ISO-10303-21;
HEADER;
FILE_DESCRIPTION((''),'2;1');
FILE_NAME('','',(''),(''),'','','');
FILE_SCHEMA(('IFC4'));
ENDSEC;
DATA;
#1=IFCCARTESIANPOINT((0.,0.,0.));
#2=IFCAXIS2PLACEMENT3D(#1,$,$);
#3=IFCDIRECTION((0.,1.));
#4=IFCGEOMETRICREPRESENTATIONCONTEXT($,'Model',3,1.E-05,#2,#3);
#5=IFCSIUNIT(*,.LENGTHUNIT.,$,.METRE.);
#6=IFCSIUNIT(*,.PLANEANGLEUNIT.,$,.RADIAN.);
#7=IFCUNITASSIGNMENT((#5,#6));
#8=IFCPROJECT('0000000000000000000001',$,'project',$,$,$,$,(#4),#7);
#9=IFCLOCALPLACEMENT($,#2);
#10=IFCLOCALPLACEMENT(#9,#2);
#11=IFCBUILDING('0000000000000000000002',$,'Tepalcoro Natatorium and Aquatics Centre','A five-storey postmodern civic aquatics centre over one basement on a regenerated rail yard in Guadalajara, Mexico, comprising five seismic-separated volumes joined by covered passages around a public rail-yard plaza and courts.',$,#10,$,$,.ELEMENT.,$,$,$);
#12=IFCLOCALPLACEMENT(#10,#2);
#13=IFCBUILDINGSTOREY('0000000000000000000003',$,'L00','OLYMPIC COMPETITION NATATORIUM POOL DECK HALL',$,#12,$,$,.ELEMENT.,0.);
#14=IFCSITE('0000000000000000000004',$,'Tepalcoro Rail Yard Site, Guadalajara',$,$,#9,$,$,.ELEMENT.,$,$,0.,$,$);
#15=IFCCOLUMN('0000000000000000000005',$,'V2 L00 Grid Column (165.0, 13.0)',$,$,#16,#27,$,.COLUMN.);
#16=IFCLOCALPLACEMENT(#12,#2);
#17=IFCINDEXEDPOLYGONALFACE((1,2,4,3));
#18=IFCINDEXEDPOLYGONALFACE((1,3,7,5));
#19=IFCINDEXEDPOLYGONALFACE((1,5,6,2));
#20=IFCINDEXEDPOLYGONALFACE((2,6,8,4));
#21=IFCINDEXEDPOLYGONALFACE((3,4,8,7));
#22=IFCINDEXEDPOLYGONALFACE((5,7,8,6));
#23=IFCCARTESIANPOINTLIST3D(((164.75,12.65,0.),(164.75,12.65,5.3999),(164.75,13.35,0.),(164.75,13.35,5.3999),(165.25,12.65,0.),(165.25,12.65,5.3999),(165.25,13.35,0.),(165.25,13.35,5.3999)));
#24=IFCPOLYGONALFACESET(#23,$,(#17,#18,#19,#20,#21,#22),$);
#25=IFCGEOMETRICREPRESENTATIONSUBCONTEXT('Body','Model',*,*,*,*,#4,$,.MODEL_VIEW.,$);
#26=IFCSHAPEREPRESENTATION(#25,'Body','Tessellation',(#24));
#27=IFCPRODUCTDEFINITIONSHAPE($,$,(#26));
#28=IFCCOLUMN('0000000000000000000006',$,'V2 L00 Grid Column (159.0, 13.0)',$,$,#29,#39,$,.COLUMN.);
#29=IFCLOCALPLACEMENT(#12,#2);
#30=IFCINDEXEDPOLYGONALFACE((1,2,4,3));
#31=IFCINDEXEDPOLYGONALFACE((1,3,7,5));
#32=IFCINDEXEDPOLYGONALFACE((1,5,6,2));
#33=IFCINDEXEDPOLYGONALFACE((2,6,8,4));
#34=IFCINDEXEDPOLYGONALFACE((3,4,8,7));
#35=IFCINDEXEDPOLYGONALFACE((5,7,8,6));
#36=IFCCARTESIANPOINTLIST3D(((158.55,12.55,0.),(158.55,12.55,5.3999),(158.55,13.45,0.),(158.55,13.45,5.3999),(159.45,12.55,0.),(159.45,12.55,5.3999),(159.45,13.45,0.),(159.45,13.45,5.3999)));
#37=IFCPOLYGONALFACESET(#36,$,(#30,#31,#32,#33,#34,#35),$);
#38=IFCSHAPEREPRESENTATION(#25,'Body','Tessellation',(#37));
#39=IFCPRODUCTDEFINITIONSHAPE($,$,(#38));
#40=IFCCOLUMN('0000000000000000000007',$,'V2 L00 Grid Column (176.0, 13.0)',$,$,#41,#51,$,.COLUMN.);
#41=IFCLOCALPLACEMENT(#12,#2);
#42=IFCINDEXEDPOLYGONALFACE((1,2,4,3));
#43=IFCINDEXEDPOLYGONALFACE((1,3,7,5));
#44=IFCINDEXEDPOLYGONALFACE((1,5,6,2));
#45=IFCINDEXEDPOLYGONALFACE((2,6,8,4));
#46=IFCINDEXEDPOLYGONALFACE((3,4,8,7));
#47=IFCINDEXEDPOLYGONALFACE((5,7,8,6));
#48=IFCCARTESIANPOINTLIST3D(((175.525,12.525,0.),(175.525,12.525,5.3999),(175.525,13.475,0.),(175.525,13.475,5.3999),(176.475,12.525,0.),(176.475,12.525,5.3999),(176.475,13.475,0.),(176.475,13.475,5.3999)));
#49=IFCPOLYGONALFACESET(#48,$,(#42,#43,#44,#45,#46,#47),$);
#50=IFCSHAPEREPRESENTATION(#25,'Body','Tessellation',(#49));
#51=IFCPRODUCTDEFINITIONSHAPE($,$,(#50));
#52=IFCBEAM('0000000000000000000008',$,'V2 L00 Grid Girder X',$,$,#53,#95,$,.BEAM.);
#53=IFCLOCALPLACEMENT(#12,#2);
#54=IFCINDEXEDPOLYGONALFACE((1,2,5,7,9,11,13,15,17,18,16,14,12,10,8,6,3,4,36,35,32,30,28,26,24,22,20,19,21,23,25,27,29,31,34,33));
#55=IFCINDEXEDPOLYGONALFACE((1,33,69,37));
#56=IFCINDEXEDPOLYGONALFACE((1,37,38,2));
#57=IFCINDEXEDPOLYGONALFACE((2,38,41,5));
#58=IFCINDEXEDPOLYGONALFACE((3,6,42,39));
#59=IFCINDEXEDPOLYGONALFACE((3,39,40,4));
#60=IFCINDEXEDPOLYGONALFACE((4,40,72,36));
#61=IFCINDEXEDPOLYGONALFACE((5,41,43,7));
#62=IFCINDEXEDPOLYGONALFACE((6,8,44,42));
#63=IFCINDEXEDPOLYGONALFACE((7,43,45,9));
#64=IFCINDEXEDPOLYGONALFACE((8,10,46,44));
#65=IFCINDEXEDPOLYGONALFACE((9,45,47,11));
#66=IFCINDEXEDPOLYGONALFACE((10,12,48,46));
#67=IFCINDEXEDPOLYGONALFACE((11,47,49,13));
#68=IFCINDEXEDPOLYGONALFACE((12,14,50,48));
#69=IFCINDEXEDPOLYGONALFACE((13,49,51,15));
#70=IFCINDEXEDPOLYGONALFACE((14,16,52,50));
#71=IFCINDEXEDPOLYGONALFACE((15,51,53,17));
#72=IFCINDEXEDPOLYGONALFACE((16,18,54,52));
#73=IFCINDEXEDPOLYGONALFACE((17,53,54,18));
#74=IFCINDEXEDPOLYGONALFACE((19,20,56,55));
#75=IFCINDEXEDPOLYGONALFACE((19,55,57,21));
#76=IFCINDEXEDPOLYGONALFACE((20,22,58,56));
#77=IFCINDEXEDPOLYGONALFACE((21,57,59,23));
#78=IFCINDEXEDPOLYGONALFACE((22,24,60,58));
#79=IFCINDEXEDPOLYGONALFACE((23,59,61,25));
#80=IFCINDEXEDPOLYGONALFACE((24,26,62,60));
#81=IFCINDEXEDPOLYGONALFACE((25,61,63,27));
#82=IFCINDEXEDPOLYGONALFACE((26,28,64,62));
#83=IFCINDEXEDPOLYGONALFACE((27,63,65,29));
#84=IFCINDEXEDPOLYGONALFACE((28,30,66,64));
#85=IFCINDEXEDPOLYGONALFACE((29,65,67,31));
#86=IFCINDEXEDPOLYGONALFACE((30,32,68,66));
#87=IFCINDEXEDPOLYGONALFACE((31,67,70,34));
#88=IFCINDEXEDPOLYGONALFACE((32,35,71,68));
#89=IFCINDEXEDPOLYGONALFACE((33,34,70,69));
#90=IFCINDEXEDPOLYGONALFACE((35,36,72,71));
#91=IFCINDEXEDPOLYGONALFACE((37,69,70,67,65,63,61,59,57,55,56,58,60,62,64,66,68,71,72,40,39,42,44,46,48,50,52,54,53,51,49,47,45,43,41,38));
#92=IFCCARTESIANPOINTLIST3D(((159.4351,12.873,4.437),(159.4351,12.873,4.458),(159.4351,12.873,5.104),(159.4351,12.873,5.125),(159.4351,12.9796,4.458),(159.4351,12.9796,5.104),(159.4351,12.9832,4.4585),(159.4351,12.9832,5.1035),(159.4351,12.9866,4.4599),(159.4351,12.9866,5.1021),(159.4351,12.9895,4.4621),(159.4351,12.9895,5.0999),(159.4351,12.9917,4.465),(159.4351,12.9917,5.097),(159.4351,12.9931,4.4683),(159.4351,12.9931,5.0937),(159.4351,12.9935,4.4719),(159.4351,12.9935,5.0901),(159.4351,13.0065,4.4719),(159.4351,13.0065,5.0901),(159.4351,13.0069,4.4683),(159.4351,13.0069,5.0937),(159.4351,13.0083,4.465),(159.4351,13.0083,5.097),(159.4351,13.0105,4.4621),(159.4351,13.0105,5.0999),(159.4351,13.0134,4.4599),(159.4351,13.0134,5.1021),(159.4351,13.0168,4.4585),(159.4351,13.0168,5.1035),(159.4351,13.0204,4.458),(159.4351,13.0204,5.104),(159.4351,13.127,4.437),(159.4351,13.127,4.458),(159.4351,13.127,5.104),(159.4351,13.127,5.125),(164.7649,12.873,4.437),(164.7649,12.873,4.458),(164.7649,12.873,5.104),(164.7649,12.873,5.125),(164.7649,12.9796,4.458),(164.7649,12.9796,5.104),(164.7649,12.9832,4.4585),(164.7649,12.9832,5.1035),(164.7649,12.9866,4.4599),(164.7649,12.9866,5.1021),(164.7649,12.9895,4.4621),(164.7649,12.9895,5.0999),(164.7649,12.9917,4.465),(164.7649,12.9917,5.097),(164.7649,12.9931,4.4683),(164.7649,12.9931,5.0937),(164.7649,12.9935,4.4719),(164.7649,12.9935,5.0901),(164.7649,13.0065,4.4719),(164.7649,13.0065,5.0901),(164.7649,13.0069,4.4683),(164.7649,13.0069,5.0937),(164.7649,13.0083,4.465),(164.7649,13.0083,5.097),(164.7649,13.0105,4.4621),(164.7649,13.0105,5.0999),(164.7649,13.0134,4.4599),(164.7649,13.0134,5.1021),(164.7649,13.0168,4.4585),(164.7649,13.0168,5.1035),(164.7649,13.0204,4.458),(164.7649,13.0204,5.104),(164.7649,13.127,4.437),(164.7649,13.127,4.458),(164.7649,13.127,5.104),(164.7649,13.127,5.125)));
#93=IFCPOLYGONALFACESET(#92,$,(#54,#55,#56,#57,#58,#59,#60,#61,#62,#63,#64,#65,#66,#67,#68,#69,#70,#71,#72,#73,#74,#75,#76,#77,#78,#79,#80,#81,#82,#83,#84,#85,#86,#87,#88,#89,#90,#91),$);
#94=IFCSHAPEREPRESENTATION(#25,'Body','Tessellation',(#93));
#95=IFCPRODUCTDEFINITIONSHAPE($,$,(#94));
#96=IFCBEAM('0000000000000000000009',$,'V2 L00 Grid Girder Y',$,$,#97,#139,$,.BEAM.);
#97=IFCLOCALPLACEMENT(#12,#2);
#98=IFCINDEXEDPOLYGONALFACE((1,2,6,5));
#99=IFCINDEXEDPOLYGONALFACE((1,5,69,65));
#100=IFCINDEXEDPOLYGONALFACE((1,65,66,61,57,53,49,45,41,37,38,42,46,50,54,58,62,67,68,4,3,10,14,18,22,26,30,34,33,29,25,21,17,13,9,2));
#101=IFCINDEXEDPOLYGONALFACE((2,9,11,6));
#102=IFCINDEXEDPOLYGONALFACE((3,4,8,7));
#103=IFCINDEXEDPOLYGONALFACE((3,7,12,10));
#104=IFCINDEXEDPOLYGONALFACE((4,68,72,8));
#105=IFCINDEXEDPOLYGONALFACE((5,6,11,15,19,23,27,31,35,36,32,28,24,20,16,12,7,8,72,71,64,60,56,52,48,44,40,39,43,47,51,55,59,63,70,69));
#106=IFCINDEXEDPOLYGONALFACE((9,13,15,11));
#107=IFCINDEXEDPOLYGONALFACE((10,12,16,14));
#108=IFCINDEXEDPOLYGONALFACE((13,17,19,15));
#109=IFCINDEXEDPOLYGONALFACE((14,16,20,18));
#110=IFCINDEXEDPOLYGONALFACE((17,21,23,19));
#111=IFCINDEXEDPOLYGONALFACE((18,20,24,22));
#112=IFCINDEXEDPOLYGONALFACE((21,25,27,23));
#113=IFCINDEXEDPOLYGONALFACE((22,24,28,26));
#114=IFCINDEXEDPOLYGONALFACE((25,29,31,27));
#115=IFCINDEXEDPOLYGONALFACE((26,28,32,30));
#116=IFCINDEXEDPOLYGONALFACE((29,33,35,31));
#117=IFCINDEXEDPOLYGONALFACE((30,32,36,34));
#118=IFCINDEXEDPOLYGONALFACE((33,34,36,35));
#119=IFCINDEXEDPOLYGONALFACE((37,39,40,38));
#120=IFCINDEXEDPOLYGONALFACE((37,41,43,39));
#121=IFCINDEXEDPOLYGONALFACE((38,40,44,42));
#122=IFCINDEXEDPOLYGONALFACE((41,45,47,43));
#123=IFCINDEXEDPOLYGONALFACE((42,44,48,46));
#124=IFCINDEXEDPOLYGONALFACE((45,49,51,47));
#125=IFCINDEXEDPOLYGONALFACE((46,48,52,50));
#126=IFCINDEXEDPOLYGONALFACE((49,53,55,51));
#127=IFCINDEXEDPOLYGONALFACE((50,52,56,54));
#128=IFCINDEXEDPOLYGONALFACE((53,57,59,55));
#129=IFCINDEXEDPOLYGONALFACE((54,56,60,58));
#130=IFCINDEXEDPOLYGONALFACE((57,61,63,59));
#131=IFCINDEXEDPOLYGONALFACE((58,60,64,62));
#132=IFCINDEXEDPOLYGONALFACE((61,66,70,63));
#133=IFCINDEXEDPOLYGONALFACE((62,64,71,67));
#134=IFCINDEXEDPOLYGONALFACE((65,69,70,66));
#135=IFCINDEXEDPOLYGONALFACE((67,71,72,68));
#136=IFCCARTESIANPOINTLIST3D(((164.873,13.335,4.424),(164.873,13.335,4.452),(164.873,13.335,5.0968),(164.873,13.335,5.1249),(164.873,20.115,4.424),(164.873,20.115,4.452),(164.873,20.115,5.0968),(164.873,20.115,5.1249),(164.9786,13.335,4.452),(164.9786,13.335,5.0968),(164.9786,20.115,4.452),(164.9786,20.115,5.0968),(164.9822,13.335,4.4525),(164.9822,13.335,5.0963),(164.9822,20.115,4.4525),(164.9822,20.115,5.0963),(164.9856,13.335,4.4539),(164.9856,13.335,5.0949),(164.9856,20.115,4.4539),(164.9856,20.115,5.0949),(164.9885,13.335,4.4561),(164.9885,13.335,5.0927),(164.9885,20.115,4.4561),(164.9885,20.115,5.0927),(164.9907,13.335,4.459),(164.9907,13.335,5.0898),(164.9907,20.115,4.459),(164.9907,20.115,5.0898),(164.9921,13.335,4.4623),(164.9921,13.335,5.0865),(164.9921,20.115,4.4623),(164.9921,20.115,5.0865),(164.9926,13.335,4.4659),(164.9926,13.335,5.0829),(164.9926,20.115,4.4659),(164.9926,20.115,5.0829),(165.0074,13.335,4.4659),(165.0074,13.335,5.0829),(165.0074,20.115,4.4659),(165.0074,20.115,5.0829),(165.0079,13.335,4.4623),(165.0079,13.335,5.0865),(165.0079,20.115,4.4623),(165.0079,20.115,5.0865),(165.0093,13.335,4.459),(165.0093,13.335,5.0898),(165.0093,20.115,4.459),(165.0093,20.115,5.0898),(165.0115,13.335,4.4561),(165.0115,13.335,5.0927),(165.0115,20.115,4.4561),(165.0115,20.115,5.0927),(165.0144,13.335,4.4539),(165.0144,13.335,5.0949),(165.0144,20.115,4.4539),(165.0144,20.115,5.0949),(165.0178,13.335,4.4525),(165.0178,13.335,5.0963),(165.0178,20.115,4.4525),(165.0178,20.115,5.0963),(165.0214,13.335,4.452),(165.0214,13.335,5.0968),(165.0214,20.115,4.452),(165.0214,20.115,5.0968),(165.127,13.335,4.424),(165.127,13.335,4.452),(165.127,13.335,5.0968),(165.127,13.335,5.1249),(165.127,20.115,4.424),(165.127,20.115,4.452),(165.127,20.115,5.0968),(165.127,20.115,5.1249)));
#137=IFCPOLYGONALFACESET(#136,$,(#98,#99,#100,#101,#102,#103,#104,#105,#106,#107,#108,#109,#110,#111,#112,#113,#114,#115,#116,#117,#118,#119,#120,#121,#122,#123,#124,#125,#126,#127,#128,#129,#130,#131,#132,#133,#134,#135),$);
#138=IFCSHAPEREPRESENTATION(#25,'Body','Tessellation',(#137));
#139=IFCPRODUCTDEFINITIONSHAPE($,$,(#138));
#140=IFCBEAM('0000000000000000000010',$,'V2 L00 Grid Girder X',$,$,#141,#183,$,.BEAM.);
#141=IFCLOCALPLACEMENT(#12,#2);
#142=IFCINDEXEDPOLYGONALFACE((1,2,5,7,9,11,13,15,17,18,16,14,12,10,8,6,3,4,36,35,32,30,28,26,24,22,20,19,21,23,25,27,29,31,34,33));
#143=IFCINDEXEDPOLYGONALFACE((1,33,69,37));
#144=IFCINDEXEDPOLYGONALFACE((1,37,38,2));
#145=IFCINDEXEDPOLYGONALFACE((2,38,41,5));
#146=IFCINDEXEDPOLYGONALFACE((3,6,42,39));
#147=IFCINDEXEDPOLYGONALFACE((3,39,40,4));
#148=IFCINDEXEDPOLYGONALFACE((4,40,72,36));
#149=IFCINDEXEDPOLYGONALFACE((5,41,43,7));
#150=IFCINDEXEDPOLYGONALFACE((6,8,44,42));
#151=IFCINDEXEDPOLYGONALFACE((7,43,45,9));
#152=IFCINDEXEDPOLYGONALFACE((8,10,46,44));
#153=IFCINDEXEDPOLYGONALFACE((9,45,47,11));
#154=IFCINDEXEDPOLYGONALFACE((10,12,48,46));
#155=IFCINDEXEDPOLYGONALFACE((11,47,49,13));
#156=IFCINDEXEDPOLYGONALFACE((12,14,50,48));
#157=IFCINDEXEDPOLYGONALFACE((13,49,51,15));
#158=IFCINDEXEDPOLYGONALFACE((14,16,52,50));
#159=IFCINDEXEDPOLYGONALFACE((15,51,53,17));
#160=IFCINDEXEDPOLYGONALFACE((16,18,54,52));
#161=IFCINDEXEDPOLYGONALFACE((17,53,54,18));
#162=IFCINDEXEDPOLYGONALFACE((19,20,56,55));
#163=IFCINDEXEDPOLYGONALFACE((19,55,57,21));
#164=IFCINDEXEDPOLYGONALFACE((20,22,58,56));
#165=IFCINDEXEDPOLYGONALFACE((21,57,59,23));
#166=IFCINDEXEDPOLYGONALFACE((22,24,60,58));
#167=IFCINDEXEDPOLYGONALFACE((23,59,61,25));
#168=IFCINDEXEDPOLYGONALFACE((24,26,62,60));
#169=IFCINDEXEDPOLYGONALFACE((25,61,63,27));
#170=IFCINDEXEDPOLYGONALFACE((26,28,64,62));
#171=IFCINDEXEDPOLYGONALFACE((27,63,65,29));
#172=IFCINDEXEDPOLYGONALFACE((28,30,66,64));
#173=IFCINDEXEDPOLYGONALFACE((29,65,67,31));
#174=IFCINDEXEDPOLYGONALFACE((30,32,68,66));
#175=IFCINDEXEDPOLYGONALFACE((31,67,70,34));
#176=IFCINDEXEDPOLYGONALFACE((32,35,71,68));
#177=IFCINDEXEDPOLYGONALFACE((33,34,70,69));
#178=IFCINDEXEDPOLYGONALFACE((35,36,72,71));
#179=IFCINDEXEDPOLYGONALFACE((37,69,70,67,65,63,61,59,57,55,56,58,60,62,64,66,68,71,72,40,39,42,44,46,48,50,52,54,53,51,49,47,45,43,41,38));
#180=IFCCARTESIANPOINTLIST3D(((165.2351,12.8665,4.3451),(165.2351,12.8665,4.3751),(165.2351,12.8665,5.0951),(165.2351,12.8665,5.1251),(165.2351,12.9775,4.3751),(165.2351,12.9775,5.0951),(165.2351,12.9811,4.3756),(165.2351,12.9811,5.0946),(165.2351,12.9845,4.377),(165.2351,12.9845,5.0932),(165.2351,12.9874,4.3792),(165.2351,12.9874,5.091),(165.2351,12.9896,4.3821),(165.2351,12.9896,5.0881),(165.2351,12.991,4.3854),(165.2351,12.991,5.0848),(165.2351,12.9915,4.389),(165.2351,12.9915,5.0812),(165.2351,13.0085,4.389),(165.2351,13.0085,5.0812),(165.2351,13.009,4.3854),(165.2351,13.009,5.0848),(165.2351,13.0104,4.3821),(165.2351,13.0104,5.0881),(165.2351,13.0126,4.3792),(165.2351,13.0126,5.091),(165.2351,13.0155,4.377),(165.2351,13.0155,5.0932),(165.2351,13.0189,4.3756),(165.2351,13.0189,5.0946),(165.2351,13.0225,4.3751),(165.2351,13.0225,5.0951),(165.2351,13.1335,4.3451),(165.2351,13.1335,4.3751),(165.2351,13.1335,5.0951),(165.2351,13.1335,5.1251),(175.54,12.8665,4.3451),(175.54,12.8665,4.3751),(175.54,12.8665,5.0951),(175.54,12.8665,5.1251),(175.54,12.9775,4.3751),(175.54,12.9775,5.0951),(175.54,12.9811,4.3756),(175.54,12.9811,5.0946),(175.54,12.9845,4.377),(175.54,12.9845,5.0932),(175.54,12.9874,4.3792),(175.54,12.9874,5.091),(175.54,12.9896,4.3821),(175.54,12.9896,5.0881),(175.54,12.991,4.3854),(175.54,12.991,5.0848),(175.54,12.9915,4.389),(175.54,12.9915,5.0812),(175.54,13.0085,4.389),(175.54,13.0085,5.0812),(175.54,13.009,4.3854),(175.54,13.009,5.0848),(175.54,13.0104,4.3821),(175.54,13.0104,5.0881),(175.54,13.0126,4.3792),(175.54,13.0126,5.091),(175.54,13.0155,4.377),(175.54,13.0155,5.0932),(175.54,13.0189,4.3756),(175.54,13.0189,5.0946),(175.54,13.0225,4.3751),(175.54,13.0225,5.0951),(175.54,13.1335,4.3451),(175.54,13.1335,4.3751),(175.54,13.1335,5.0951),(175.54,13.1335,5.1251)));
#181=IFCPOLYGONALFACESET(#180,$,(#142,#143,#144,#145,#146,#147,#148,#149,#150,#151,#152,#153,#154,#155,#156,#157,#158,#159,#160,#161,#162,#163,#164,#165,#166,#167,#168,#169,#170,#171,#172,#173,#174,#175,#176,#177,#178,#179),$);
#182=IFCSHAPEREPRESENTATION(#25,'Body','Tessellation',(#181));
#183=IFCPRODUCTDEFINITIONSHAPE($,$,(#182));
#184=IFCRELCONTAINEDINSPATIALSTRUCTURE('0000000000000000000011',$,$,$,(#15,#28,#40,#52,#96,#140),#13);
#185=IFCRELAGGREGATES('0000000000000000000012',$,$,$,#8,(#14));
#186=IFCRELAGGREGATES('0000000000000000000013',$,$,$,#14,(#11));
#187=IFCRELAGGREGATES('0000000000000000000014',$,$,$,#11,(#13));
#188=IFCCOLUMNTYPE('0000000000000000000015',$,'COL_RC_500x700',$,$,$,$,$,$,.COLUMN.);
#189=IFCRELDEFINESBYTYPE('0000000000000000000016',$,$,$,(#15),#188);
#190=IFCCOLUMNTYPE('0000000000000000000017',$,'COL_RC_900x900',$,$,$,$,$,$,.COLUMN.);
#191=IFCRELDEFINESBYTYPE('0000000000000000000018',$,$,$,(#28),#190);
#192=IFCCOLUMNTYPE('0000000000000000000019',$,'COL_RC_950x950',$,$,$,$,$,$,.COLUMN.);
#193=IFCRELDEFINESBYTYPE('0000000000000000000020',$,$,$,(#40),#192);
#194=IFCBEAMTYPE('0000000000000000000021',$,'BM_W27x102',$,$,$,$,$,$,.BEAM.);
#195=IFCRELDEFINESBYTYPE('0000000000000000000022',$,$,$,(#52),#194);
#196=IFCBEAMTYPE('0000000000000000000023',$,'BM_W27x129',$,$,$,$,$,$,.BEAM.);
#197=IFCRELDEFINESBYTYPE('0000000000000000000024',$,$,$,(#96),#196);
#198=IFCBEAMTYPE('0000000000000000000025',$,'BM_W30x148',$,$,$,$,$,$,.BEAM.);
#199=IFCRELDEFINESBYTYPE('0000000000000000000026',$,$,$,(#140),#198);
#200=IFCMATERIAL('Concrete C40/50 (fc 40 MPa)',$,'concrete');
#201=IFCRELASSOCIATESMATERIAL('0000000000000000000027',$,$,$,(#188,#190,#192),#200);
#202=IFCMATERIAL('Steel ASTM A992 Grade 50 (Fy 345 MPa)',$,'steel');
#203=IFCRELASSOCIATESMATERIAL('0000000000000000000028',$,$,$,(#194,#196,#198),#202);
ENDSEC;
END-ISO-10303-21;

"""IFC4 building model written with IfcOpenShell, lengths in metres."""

from ifc_helpers import new_model, si_unit, direction, frame, origin, origin_2d, place, context, subcontext, project, spatial, rectangle, i_section, extrude, material, material_profile, profile_set, type_object, element, save


model = new_model("IFC4")

# Units and contexts
model_context = context("Model", 3, precision=1e-05, world=origin(), true_north=direction((0.0, 1.0)))
body_context = subcontext(model_context, "Body", "Model", "MODEL_VIEW")
ifc_project = project(units=[si_unit("LENGTHUNIT", "METRE"), si_unit("PLANEANGLEUNIT", "RADIAN")], contexts=[model_context])

# Site, building, storey
site_placement = place(None, origin())
site = spatial("IfcSite", under=ifc_project, at=site_placement, Name="Tepalcoro Rail Yard Site, Guadalajara", CompositionType="ELEMENT", RefElevation=0.0)
building_placement = place(site_placement, origin())
building = spatial("IfcBuilding", under=site, at=building_placement, Name="Tepalcoro Natatorium and Aquatics Centre", Description="A five-storey postmodern civic aquatics centre over one basement on a regenerated rail yard in Guadalajara, Mexico, comprising five seismic-separated volumes joined by covered passages around a public rail-yard plaza and courts.", CompositionType="ELEMENT")
storey_placement = place(building_placement, origin())
storey = spatial("IfcBuildingStorey", under=building, at=storey_placement, Name="L00", Description="OLYMPIC COMPETITION NATATORIUM POOL DECK HALL", CompositionType="ELEMENT", Elevation=0.0)

# Columns
ifc_material_1 = material(Name="Concrete C40/50 (fc 40 MPa)", Category="concrete")
ifc_material_profile_1 = material_profile(ifc_material_1, rectangle(XDim=0.5, YDim=0.7, at=origin_2d()), Name="RC500x700")
ifc_profile_set_1 = profile_set([ifc_material_profile_1], Name="Concrete C40/50 (fc 40 MPa)")
column_type_1 = type_object("IfcColumnType", Name="COL_RC_500x700", PredefinedType="COLUMN", material=ifc_profile_set_1)
column_1_placement = place(storey_placement, frame((165.0, 13.0, 0.0), z_axis=(0.0, 0.0, 1.0), x_axis=(1.0, 0.0, 0.0)))
element("IfcColumn", 1, at=column_1_placement, inside=storey, type_object=column_type_1, Name="V2 L00 Grid Column (165.0, 13.0)", PredefinedType="COLUMN", context=body_context, shape_type="SweptSolid", body=[
    extrude(rectangle(XDim=0.5, YDim=0.7, at=origin_2d()), origin(), (0.0, 0.0, 1.0), 5.3999),
])
ifc_material_profile_2 = material_profile(ifc_material_1, rectangle(XDim=0.8999, YDim=0.8999, at=origin_2d()), Name="RC900x900")
ifc_profile_set_2 = profile_set([ifc_material_profile_2], Name="Concrete C40/50 (fc 40 MPa)")
column_type_2 = type_object("IfcColumnType", Name="COL_RC_900x900", PredefinedType="COLUMN", material=ifc_profile_set_2)
column_2_placement = place(storey_placement, frame((159.0, 13.0, 0.0), z_axis=(0.0, 0.0, 1.0), x_axis=(1.0, 0.0, 0.0)))
element("IfcColumn", 2, at=column_2_placement, inside=storey, type_object=column_type_2, Name="V2 L00 Grid Column (159.0, 13.0)", PredefinedType="COLUMN", context=body_context, shape_type="SweptSolid", body=[
    extrude(rectangle(XDim=0.8999, YDim=0.8999, at=origin_2d()), origin(), (0.0, 0.0, 1.0), 5.3999),
])
ifc_material_profile_3 = material_profile(ifc_material_1, rectangle(XDim=0.95, YDim=0.95, at=origin_2d()), Name="RC950x950")
ifc_profile_set_3 = profile_set([ifc_material_profile_3], Name="Concrete C40/50 (fc 40 MPa)")
column_type_3 = type_object("IfcColumnType", Name="COL_RC_950x950", PredefinedType="COLUMN", material=ifc_profile_set_3)
column_3_placement = place(storey_placement, frame((176.0, 13.0, 0.0), z_axis=(0.0, 0.0, 1.0), x_axis=(1.0, 0.0, 0.0)))
element("IfcColumn", 3, at=column_3_placement, inside=storey, type_object=column_type_3, Name="V2 L00 Grid Column (176.0, 13.0)", PredefinedType="COLUMN", context=body_context, shape_type="SweptSolid", body=[
    extrude(rectangle(XDim=0.95, YDim=0.95, at=origin_2d()), origin(), (0.0, 0.0, 1.0), 5.3999),
])

# Beams
ifc_material_2 = material(Name="Steel ASTM A992 Grade 50 (Fy 345 MPa)", Category="steel")
ifc_material_profile_4 = material_profile(ifc_material_2, i_section(OverallWidth=0.2539, OverallDepth=0.688, WebThickness=0.0129, FlangeThickness=0.021, FilletRadius=0.0139, at=origin_2d()), Name="W27X102")
ifc_profile_set_4 = profile_set([ifc_material_profile_4], Name="Steel ASTM A992 Grade 50 (Fy 345 MPa)")
beam_type_1 = type_object("IfcBeamType", Name="BM_W27x102", PredefinedType="BEAM", material=ifc_profile_set_4)
beam_1_placement = place(storey_placement, frame((159.4351, 13.0, 4.781), z_axis=(1.0, 0.0, 0.0), x_axis=(0.0, 1.0, 0.0)))
element("IfcBeam", 4, at=beam_1_placement, inside=storey, type_object=beam_type_1, Name="V2 L00 Grid Girder X", PredefinedType="BEAM", context=body_context, shape_type="SweptSolid", body=[
    extrude(i_section(OverallWidth=0.2539, OverallDepth=0.688, WebThickness=0.0129, FlangeThickness=0.021, FilletRadius=0.0139, at=origin_2d()), origin(), (0.0, 0.0, 1.0), 5.3298),
])
ifc_material_profile_5 = material_profile(ifc_material_2, i_section(OverallWidth=0.2539, OverallDepth=0.7009, WebThickness=0.0149, FlangeThickness=0.0281, FilletRadius=0.0139, at=origin_2d()), Name="W27X129")
ifc_profile_set_5 = profile_set([ifc_material_profile_5], Name="Steel ASTM A992 Grade 50 (Fy 345 MPa)")
beam_type_2 = type_object("IfcBeamType", Name="BM_W27x129", PredefinedType="BEAM", material=ifc_profile_set_5)
beam_2_placement = place(storey_placement, frame((165.0, 13.335, 4.7744), z_axis=(0.0, 1.0, 0.0), x_axis=(-1.0, 0.0, 0.0)))
element("IfcBeam", 5, at=beam_2_placement, inside=storey, type_object=beam_type_2, Name="V2 L00 Grid Girder Y", PredefinedType="BEAM", context=body_context, shape_type="SweptSolid", body=[
    extrude(i_section(OverallWidth=0.2539, OverallDepth=0.7009, WebThickness=0.0149, FlangeThickness=0.0281, FilletRadius=0.0139, at=origin_2d()), origin(), (0.0, 0.0, 1.0), 6.78),
])
ifc_material_profile_6 = material_profile(ifc_material_2, i_section(OverallWidth=0.2671, OverallDepth=0.78, WebThickness=0.0171, FlangeThickness=0.03, FilletRadius=0.0139, at=origin_2d()), Name="W30X148")
ifc_profile_set_6 = profile_set([ifc_material_profile_6], Name="Steel ASTM A992 Grade 50 (Fy 345 MPa)")
beam_type_3 = type_object("IfcBeamType", Name="BM_W30x148", PredefinedType="BEAM", material=ifc_profile_set_6)
beam_3_placement = place(storey_placement, frame((165.2351, 13.0, 4.7351), z_axis=(1.0, 0.0, 0.0), x_axis=(0.0, 1.0, 0.0)))
element("IfcBeam", 6, at=beam_3_placement, inside=storey, type_object=beam_type_3, Name="V2 L00 Grid Girder X", PredefinedType="BEAM", context=body_context, shape_type="SweptSolid", body=[
    extrude(i_section(OverallWidth=0.2671, OverallDepth=0.78, WebThickness=0.0171, FlangeThickness=0.03, FilletRadius=0.0139, at=origin_2d()), origin(), (0.0, 0.0, 1.0), 10.3049),
])

save(model, "model.ifc")
